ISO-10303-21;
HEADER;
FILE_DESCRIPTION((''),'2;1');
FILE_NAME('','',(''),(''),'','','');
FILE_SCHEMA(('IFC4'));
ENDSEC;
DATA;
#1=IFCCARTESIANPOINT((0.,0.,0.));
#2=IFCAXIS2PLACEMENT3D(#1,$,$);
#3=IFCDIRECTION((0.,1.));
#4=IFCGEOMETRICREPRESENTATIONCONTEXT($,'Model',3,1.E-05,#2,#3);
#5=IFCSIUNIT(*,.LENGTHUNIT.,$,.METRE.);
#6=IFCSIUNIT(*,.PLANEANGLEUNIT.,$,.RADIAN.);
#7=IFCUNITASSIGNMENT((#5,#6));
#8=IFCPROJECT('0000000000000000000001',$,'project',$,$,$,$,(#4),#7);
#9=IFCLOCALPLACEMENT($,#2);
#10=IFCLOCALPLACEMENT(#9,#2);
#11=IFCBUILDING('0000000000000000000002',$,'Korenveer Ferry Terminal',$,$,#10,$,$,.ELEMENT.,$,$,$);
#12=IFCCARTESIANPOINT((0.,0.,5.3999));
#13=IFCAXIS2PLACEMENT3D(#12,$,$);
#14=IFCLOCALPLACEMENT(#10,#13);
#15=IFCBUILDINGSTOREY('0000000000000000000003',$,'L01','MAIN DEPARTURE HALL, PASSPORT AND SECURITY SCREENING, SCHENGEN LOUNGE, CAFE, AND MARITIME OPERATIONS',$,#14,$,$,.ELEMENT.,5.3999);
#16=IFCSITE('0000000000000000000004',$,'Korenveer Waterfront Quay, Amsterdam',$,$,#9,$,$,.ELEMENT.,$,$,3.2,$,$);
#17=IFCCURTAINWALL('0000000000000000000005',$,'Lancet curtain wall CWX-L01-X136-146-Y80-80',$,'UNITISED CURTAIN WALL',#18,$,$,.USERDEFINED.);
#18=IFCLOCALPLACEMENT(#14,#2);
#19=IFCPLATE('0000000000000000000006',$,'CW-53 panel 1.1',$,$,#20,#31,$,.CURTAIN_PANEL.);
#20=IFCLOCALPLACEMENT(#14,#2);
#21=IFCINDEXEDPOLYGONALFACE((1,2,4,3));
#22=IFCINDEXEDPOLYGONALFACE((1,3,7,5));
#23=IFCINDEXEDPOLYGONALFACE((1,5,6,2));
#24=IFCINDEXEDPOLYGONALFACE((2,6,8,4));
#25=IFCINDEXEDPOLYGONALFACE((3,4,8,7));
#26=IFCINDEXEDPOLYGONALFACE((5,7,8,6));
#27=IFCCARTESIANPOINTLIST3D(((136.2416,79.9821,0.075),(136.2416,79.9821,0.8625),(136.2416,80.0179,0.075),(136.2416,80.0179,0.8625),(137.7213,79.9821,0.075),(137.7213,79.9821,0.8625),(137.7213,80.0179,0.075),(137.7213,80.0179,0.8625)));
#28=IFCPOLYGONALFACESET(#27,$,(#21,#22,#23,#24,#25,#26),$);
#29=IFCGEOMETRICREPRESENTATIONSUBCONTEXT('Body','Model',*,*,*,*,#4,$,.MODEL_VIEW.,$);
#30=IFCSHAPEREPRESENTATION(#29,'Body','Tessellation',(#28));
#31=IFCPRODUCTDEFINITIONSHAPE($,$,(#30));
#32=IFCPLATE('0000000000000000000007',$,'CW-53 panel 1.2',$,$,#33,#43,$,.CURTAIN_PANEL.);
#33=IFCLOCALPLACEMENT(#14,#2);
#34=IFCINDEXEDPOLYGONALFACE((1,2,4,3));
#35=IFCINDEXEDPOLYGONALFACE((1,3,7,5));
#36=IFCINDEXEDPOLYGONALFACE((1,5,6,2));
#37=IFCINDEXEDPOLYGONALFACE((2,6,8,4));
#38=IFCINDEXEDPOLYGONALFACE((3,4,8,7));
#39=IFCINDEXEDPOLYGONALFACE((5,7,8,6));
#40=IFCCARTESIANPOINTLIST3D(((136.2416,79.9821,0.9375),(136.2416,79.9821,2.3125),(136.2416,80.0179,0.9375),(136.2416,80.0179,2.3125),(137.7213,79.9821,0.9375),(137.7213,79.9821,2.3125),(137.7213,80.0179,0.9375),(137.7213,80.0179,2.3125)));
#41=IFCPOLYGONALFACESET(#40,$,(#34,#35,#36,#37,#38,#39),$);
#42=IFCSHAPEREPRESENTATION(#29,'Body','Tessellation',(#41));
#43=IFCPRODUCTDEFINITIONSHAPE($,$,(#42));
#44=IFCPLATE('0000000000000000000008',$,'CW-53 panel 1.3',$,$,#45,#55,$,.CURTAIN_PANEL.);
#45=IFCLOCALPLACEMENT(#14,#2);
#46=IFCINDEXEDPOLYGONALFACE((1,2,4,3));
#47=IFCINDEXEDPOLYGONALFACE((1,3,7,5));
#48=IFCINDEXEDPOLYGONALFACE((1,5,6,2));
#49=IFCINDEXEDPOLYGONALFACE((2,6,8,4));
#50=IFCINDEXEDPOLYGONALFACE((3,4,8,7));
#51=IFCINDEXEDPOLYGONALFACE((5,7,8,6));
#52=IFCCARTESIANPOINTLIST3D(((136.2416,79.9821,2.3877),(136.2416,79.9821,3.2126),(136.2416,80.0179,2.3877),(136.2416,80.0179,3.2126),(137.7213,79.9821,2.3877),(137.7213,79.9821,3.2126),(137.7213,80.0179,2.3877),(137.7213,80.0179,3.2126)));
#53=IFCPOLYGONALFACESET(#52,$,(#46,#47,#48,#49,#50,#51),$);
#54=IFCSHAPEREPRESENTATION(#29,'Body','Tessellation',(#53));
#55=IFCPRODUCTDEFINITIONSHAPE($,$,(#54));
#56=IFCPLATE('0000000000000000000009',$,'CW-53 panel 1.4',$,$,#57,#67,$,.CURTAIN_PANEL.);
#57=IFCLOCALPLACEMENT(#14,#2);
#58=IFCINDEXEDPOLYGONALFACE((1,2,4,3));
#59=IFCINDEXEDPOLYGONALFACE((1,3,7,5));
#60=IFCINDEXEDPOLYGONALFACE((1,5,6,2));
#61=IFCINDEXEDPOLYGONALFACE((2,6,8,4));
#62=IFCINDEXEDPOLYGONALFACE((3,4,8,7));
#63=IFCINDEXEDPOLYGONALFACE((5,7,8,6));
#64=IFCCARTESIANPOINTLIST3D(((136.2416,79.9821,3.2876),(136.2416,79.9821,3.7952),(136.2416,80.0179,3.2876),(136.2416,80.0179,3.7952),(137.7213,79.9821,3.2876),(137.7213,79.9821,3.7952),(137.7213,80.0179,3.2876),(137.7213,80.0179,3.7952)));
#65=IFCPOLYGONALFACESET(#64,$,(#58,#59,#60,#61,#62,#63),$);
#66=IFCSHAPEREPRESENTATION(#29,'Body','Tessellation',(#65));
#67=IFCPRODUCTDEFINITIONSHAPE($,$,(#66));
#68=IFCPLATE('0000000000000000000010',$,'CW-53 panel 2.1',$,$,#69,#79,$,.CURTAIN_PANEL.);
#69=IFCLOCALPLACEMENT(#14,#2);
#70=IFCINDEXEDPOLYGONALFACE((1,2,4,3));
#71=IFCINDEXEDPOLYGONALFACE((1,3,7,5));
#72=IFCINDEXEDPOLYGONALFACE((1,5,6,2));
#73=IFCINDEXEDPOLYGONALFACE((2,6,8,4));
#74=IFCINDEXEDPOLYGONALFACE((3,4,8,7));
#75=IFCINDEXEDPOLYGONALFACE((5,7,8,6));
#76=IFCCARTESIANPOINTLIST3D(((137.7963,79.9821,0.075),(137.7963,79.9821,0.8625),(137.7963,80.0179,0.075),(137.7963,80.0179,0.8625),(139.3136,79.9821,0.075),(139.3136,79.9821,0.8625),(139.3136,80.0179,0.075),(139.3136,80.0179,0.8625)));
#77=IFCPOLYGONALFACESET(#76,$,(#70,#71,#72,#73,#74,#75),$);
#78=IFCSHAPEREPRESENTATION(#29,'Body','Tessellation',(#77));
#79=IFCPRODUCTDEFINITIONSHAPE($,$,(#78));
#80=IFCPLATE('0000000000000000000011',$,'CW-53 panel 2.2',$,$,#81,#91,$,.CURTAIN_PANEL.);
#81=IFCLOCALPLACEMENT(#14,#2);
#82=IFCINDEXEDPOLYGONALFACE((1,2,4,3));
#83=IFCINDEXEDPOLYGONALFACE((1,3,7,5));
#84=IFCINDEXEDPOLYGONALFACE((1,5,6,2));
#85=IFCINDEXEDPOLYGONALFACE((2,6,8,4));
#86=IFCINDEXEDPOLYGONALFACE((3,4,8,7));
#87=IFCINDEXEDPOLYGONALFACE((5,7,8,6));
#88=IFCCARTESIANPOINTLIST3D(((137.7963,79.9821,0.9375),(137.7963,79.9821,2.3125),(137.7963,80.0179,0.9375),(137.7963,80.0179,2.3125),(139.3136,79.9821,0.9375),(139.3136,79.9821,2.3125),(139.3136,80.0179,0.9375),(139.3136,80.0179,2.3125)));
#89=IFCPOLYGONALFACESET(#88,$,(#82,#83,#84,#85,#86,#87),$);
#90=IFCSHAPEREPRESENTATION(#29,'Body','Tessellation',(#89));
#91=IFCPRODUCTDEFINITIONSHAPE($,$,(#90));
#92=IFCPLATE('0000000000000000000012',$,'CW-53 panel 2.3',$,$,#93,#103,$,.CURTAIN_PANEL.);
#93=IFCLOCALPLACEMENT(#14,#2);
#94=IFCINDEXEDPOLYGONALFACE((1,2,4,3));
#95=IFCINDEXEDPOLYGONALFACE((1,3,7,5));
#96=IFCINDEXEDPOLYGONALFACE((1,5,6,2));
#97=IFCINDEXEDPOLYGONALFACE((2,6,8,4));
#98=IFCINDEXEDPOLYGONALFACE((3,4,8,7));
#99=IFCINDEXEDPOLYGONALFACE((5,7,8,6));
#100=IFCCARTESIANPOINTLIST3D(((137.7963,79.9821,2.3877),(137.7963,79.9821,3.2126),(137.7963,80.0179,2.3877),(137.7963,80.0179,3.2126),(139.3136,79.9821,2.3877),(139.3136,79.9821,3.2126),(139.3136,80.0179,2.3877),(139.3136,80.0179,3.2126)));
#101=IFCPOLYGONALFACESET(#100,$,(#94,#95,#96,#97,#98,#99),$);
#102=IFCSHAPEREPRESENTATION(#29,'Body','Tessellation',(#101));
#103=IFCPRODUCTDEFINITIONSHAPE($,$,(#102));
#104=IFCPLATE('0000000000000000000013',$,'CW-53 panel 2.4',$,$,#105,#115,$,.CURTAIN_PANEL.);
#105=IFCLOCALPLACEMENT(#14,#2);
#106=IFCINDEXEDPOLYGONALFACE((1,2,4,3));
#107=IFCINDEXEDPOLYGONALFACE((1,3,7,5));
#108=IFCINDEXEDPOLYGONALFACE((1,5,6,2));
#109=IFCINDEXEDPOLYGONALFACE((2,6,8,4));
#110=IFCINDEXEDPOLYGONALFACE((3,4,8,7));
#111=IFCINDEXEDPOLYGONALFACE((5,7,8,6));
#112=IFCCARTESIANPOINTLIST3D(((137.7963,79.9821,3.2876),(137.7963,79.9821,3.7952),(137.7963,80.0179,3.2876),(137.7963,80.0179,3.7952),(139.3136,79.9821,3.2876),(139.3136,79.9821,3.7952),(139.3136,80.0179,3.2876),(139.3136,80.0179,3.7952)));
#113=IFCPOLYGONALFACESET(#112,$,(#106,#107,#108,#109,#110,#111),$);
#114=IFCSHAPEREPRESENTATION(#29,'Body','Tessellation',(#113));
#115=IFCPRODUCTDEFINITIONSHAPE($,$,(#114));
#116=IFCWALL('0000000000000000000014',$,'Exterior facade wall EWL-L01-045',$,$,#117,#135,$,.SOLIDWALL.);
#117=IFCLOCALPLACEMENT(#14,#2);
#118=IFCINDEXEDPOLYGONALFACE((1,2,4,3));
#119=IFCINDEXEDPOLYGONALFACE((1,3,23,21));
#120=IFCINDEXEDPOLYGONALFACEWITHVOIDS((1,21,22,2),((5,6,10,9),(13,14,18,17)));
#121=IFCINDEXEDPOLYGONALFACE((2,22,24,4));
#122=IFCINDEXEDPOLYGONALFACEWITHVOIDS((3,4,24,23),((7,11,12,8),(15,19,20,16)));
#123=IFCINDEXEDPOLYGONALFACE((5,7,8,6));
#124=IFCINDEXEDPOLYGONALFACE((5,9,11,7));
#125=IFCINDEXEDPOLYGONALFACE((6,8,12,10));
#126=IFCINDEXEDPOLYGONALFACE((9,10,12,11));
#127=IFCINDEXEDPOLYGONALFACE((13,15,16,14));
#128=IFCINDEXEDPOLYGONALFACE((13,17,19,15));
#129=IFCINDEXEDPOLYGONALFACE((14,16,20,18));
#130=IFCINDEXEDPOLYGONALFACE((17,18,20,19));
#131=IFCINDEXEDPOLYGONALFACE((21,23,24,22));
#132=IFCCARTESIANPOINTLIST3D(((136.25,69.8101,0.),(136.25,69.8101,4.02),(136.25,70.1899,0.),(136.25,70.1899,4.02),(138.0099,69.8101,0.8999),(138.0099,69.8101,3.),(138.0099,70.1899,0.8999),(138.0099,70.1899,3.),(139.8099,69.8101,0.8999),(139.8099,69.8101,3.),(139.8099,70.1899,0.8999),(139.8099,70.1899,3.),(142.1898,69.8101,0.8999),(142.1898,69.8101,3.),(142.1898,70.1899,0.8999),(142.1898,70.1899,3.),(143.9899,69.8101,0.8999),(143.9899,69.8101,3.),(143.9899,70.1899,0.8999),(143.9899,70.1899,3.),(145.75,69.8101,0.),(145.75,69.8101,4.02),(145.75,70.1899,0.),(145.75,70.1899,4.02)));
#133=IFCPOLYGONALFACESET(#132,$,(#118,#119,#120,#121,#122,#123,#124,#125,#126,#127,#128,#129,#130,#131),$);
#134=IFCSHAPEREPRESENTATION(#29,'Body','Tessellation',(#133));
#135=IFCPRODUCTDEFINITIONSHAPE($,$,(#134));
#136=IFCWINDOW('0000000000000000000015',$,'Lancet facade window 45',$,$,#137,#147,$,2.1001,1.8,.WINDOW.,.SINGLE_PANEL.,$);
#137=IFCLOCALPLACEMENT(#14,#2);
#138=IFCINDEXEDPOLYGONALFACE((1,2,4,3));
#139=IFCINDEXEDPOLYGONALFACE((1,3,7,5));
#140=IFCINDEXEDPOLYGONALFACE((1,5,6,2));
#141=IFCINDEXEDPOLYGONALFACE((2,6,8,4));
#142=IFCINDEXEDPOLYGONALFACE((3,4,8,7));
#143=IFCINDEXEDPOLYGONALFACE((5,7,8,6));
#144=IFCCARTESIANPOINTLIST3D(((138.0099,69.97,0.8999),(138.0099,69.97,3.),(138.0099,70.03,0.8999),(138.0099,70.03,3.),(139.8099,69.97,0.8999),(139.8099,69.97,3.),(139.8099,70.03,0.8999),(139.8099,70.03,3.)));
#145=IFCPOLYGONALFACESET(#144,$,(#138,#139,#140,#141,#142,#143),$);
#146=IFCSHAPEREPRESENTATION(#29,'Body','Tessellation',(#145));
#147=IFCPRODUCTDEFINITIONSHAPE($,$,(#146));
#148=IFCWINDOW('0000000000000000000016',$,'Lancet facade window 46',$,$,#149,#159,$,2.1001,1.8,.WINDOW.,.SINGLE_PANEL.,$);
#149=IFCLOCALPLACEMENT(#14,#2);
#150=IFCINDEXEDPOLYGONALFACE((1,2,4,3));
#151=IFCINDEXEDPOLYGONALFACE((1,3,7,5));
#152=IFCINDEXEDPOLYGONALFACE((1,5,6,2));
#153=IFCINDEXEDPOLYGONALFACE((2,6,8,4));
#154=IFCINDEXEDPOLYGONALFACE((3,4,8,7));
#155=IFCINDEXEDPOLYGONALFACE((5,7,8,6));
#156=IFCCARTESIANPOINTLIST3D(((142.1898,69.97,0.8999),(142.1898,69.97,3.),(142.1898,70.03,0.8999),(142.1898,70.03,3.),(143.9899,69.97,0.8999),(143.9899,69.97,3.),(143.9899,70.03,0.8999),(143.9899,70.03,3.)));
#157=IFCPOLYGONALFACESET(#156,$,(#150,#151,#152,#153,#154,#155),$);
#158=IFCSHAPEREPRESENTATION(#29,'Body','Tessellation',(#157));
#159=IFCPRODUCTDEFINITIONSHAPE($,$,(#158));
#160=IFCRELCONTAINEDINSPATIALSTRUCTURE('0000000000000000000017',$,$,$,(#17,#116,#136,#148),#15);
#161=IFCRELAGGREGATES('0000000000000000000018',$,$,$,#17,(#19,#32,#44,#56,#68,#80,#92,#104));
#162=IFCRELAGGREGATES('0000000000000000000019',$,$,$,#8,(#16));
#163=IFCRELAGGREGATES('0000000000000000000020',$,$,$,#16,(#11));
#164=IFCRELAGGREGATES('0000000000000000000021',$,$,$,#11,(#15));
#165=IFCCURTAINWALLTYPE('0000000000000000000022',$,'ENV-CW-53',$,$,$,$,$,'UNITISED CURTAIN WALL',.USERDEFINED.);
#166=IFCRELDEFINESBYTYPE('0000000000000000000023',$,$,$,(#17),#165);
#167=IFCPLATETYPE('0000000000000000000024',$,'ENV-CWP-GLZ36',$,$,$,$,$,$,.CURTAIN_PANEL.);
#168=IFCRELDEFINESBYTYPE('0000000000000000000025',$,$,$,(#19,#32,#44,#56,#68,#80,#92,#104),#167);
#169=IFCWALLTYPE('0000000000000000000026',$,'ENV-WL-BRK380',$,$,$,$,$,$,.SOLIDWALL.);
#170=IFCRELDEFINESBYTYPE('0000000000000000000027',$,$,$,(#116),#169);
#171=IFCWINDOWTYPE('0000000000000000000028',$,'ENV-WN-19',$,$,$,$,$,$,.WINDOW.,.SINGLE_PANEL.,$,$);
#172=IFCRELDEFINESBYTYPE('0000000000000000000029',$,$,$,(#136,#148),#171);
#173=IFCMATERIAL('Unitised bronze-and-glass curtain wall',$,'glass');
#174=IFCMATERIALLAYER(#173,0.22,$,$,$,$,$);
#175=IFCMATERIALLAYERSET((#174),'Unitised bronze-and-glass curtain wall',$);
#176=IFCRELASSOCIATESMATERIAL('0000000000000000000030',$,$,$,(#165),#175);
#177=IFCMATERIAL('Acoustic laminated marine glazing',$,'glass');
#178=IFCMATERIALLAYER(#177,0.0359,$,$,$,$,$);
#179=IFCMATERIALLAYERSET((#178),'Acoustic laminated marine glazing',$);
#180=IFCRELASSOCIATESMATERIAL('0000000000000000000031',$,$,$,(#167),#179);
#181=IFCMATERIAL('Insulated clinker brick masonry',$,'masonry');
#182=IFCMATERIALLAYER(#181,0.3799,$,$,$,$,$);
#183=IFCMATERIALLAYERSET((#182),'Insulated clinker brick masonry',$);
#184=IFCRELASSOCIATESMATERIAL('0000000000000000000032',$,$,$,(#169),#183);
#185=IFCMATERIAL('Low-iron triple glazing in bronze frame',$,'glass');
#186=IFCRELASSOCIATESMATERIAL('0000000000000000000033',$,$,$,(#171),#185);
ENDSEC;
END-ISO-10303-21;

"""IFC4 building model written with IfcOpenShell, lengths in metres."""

from ifc_helpers import new_model, si_unit, direction, frame, frame_2d, origin, origin_2d, place, context, subcontext, project, spatial, rectangle, extrude, material, layer, layer_set, type_object, element, fill, aggregate, save


model = new_model("IFC4")

# Units and contexts
model_context = context("Model", 3, precision=1e-05, world=origin(), true_north=direction((0.0, 1.0)))
body_context = subcontext(model_context, "Body", "Model", "MODEL_VIEW")
ifc_project = project(units=[si_unit("LENGTHUNIT", "METRE"), si_unit("PLANEANGLEUNIT", "RADIAN")], contexts=[model_context])

# Site, building, storey
site_placement = place(None, origin())
site = spatial("IfcSite", under=ifc_project, at=site_placement, Name="Korenveer Waterfront Quay, Amsterdam", CompositionType="ELEMENT", RefElevation=3.2)
building_placement = place(site_placement, origin())
building = spatial("IfcBuilding", under=site, at=building_placement, Name="Korenveer Ferry Terminal", CompositionType="ELEMENT")
storey_placement = place(building_placement, frame((0.0, 0.0, 5.3999)))
storey = spatial("IfcBuildingStorey", under=building, at=storey_placement, Name="L01", Description="MAIN DEPARTURE HALL, PASSPORT AND SECURITY SCREENING, SCHENGEN LOUNGE, CAFE, AND MARITIME OPERATIONS", CompositionType="ELEMENT", Elevation=5.3999)

# Shared definitions
ifc_material_1 = material(Name="Unitised bronze-and-glass curtain wall", Category="glass")

# Curtain wall
ifc_layer_1 = layer(ifc_material_1, 0.22)
ifc_layer_set_1 = layer_set([ifc_layer_1], Name="Unitised bronze-and-glass curtain wall")
curtain_wall_type_1 = type_object("IfcCurtainWallType", Name="ENV-CW-53", ElementType="UNITISED CURTAIN WALL", PredefinedType="USERDEFINED", material=ifc_layer_set_1)
curtain_wall_1_placement = place(storey_placement, frame((136.1665, 80.0, 0.0)))
curtain_wall_1 = element("IfcCurtainWall", 1, at=curtain_wall_1_placement, inside=storey, type_object=curtain_wall_type_1, Name="Lancet curtain wall CWX-L01-X136-146-Y80-80", ObjectType="UNITISED CURTAIN WALL", PredefinedType="USERDEFINED")

# Plates
ifc_material_2 = material(Name="Acoustic laminated marine glazing", Category="glass")
ifc_layer_2 = layer(ifc_material_2, 0.0359)
ifc_layer_set_2 = layer_set([ifc_layer_2], Name="Acoustic laminated marine glazing")
plate_type = type_object("IfcPlateType", Name="ENV-CWP-GLZ36", PredefinedType="CURTAIN_PANEL", material=ifc_layer_set_2)
plate_1_placement = place(storey_placement, frame((136.9814, 80.0, 0.075), z_axis=(0.0, 0.0, 1.0), x_axis=(1.0, 0.0, 0.0)))
plate_1 = element("IfcPlate", 2, at=plate_1_placement, type_object=plate_type, Name="CW-53 panel 1.1", PredefinedType="CURTAIN_PANEL", context=body_context, shape_type="SweptSolid", body=[
    extrude(rectangle(XDim=1.4797, YDim=0.0359, at=origin_2d()), origin(), (0.0, 0.0, 1.0), 0.7876),
])
plate_2_placement = place(storey_placement, frame((136.9814, 80.0, 0.9375), z_axis=(0.0, 0.0, 1.0), x_axis=(1.0, 0.0, 0.0)))
plate_2 = element("IfcPlate", 3, at=plate_2_placement, type_object=plate_type, Name="CW-53 panel 1.2", PredefinedType="CURTAIN_PANEL", context=body_context, shape_type="SweptSolid", body=[
    extrude(rectangle(XDim=1.4797, YDim=0.0359, at=origin_2d()), origin(), (0.0, 0.0, 1.0), 1.375),
])
plate_3_placement = place(storey_placement, frame((136.9814, 80.0, 2.3877), z_axis=(0.0, 0.0, 1.0), x_axis=(1.0, 0.0, 0.0)))
plate_3 = element("IfcPlate", 4, at=plate_3_placement, type_object=plate_type, Name="CW-53 panel 1.3", PredefinedType="CURTAIN_PANEL", context=body_context, shape_type="SweptSolid", body=[
    extrude(rectangle(XDim=1.4797, YDim=0.0359, at=origin_2d()), origin(), (0.0, 0.0, 1.0), 0.825),
])
plate_4_placement = place(storey_placement, frame((136.9814, 80.0, 3.2876), z_axis=(0.0, 0.0, 1.0), x_axis=(1.0, 0.0, 0.0)))
plate_4 = element("IfcPlate", 5, at=plate_4_placement, type_object=plate_type, Name="CW-53 panel 1.4", PredefinedType="CURTAIN_PANEL", context=body_context, shape_type="SweptSolid", body=[
    extrude(rectangle(XDim=1.4797, YDim=0.0359, at=origin_2d()), origin(), (0.0, 0.0, 1.0), 0.5076),
])
plate_5_placement = place(storey_placement, frame((138.5549, 80.0, 0.075), z_axis=(0.0, 0.0, 1.0), x_axis=(1.0, 0.0, 0.0)))
plate_5 = element("IfcPlate", 6, at=plate_5_placement, type_object=plate_type, Name="CW-53 panel 2.1", PredefinedType="CURTAIN_PANEL", context=body_context, shape_type="SweptSolid", body=[
    extrude(rectangle(XDim=1.5173, YDim=0.0359, at=origin_2d()), origin(), (0.0, 0.0, 1.0), 0.7876),
])
plate_6_placement = place(storey_placement, frame((138.5549, 80.0, 0.9375), z_axis=(0.0, 0.0, 1.0), x_axis=(1.0, 0.0, 0.0)))
plate_6 = element("IfcPlate", 7, at=plate_6_placement, type_object=plate_type, Name="CW-53 panel 2.2", PredefinedType="CURTAIN_PANEL", context=body_context, shape_type="SweptSolid", body=[
    extrude(rectangle(XDim=1.5173, YDim=0.0359, at=origin_2d()), origin(), (0.0, 0.0, 1.0), 1.375),
])
plate_7_placement = place(storey_placement, frame((138.5549, 80.0, 2.3877), z_axis=(0.0, 0.0, 1.0), x_axis=(1.0, 0.0, 0.0)))
plate_7 = element("IfcPlate", 8, at=plate_7_placement, type_object=plate_type, Name="CW-53 panel 2.3", PredefinedType="CURTAIN_PANEL", context=body_context, shape_type="SweptSolid", body=[
    extrude(rectangle(XDim=1.5173, YDim=0.0359, at=origin_2d()), origin(), (0.0, 0.0, 1.0), 0.825),
])
plate_8_placement = place(storey_placement, frame((138.5549, 80.0, 3.2876), z_axis=(0.0, 0.0, 1.0), x_axis=(1.0, 0.0, 0.0)))
plate_8 = element("IfcPlate", 9, at=plate_8_placement, type_object=plate_type, Name="CW-53 panel 2.4", PredefinedType="CURTAIN_PANEL", context=body_context, shape_type="SweptSolid", body=[
    extrude(rectangle(XDim=1.5173, YDim=0.0359, at=origin_2d()), origin(), (0.0, 0.0, 1.0), 0.5076),
])
aggregate(curtain_wall_1, [plate_1, plate_2, plate_3, plate_4, plate_5, plate_6, plate_7, plate_8])

# Wall, openings, windows
ifc_material_3 = material(Name="Insulated clinker brick masonry", Category="masonry")
ifc_layer_3 = layer(ifc_material_3, 0.3799)
ifc_layer_set_3 = layer_set([ifc_layer_3], Name="Insulated clinker brick masonry")
wall_type = type_object("IfcWallType", Name="ENV-WL-BRK380", PredefinedType="SOLIDWALL", material=ifc_layer_set_3)
wall_placement = place(storey_placement, frame((136.25, 70.0, 0.0), z_axis=(0.0, 0.0, 1.0), x_axis=(1.0, 0.0, 0.0)))
wall = element("IfcWall", 10, at=wall_placement, inside=storey, type_object=wall_type, Name="Exterior facade wall EWL-L01-045", PredefinedType="SOLIDWALL", context=body_context, shape_type="SweptSolid", body=[
    extrude(rectangle(XDim=9.5, YDim=0.3799, at=frame_2d((4.75, 0.0))), origin(), (0.0, 0.0, 1.0), 4.02),
])
opening_1_placement = place(wall_placement, frame((1.76, 0.0, 0.8999)))
opening_1 = element("IfcOpeningElement", 11, at=opening_1_placement, cuts=wall, PredefinedType="OPENING", context=body_context, shape_type="SweptSolid", body=[
    extrude(rectangle(XDim=1.8, YDim=2.1001, at=frame_2d((0.8999, 1.05))), frame((0.0, 0.2, 0.0), z_axis=(0.0, -1.0, 0.0), x_axis=(1.0, 0.0, 0.0)), (0.0, 0.0, 1.0), 0.3999),
])
opening_2_placement = place(wall_placement, frame((5.9399, 0.0, 0.8999)))
opening_2 = element("IfcOpeningElement", 12, at=opening_2_placement, cuts=wall, PredefinedType="OPENING", context=body_context, shape_type="SweptSolid", body=[
    extrude(rectangle(XDim=1.8, YDim=2.1001, at=frame_2d((0.8999, 1.05))), frame((0.0, 0.2, 0.0), z_axis=(0.0, -1.0, 0.0), x_axis=(1.0, 0.0, 0.0)), (0.0, 0.0, 1.0), 0.3999),
])
ifc_material_4 = material(Name="Low-iron triple glazing in bronze frame", Category="glass")
window_type = type_object("IfcWindowType", Name="ENV-WN-19", PartitioningType="SINGLE_PANEL", PredefinedType="WINDOW", material=ifc_material_4)
window_1_placement = place(opening_1_placement, origin())
window_1 = element("IfcWindow", 13, at=window_1_placement, inside=storey, type_object=window_type, Name="Lancet facade window 45", OverallHeight=2.1001, OverallWidth=1.8, PartitioningType="SINGLE_PANEL", PredefinedType="WINDOW", context=body_context, shape_type="SweptSolid", body=[
    extrude(rectangle(XDim=1.8, YDim=2.1001, at=frame_2d((0.8999, 1.05))), frame((0.0, 0.03, 0.0), z_axis=(0.0, -1.0, 0.0), x_axis=(1.0, 0.0, 0.0)), (0.0, 0.0, 1.0), 0.0601),
])
fill(opening_1, window_1)
window_2_placement = place(opening_2_placement, origin())
window_2 = element("IfcWindow", 14, at=window_2_placement, inside=storey, type_object=window_type, Name="Lancet facade window 46", OverallHeight=2.1001, OverallWidth=1.8, PartitioningType="SINGLE_PANEL", PredefinedType="WINDOW", context=body_context, shape_type="SweptSolid", body=[
    extrude(rectangle(XDim=1.8, YDim=2.1001, at=frame_2d((0.8999, 1.05))), frame((0.0, 0.03, 0.0), z_axis=(0.0, -1.0, 0.0), x_axis=(1.0, 0.0, 0.0)), (0.0, 0.0, 1.0), 0.0601),
])
fill(opening_2, window_2)

save(model, "model.ifc")
